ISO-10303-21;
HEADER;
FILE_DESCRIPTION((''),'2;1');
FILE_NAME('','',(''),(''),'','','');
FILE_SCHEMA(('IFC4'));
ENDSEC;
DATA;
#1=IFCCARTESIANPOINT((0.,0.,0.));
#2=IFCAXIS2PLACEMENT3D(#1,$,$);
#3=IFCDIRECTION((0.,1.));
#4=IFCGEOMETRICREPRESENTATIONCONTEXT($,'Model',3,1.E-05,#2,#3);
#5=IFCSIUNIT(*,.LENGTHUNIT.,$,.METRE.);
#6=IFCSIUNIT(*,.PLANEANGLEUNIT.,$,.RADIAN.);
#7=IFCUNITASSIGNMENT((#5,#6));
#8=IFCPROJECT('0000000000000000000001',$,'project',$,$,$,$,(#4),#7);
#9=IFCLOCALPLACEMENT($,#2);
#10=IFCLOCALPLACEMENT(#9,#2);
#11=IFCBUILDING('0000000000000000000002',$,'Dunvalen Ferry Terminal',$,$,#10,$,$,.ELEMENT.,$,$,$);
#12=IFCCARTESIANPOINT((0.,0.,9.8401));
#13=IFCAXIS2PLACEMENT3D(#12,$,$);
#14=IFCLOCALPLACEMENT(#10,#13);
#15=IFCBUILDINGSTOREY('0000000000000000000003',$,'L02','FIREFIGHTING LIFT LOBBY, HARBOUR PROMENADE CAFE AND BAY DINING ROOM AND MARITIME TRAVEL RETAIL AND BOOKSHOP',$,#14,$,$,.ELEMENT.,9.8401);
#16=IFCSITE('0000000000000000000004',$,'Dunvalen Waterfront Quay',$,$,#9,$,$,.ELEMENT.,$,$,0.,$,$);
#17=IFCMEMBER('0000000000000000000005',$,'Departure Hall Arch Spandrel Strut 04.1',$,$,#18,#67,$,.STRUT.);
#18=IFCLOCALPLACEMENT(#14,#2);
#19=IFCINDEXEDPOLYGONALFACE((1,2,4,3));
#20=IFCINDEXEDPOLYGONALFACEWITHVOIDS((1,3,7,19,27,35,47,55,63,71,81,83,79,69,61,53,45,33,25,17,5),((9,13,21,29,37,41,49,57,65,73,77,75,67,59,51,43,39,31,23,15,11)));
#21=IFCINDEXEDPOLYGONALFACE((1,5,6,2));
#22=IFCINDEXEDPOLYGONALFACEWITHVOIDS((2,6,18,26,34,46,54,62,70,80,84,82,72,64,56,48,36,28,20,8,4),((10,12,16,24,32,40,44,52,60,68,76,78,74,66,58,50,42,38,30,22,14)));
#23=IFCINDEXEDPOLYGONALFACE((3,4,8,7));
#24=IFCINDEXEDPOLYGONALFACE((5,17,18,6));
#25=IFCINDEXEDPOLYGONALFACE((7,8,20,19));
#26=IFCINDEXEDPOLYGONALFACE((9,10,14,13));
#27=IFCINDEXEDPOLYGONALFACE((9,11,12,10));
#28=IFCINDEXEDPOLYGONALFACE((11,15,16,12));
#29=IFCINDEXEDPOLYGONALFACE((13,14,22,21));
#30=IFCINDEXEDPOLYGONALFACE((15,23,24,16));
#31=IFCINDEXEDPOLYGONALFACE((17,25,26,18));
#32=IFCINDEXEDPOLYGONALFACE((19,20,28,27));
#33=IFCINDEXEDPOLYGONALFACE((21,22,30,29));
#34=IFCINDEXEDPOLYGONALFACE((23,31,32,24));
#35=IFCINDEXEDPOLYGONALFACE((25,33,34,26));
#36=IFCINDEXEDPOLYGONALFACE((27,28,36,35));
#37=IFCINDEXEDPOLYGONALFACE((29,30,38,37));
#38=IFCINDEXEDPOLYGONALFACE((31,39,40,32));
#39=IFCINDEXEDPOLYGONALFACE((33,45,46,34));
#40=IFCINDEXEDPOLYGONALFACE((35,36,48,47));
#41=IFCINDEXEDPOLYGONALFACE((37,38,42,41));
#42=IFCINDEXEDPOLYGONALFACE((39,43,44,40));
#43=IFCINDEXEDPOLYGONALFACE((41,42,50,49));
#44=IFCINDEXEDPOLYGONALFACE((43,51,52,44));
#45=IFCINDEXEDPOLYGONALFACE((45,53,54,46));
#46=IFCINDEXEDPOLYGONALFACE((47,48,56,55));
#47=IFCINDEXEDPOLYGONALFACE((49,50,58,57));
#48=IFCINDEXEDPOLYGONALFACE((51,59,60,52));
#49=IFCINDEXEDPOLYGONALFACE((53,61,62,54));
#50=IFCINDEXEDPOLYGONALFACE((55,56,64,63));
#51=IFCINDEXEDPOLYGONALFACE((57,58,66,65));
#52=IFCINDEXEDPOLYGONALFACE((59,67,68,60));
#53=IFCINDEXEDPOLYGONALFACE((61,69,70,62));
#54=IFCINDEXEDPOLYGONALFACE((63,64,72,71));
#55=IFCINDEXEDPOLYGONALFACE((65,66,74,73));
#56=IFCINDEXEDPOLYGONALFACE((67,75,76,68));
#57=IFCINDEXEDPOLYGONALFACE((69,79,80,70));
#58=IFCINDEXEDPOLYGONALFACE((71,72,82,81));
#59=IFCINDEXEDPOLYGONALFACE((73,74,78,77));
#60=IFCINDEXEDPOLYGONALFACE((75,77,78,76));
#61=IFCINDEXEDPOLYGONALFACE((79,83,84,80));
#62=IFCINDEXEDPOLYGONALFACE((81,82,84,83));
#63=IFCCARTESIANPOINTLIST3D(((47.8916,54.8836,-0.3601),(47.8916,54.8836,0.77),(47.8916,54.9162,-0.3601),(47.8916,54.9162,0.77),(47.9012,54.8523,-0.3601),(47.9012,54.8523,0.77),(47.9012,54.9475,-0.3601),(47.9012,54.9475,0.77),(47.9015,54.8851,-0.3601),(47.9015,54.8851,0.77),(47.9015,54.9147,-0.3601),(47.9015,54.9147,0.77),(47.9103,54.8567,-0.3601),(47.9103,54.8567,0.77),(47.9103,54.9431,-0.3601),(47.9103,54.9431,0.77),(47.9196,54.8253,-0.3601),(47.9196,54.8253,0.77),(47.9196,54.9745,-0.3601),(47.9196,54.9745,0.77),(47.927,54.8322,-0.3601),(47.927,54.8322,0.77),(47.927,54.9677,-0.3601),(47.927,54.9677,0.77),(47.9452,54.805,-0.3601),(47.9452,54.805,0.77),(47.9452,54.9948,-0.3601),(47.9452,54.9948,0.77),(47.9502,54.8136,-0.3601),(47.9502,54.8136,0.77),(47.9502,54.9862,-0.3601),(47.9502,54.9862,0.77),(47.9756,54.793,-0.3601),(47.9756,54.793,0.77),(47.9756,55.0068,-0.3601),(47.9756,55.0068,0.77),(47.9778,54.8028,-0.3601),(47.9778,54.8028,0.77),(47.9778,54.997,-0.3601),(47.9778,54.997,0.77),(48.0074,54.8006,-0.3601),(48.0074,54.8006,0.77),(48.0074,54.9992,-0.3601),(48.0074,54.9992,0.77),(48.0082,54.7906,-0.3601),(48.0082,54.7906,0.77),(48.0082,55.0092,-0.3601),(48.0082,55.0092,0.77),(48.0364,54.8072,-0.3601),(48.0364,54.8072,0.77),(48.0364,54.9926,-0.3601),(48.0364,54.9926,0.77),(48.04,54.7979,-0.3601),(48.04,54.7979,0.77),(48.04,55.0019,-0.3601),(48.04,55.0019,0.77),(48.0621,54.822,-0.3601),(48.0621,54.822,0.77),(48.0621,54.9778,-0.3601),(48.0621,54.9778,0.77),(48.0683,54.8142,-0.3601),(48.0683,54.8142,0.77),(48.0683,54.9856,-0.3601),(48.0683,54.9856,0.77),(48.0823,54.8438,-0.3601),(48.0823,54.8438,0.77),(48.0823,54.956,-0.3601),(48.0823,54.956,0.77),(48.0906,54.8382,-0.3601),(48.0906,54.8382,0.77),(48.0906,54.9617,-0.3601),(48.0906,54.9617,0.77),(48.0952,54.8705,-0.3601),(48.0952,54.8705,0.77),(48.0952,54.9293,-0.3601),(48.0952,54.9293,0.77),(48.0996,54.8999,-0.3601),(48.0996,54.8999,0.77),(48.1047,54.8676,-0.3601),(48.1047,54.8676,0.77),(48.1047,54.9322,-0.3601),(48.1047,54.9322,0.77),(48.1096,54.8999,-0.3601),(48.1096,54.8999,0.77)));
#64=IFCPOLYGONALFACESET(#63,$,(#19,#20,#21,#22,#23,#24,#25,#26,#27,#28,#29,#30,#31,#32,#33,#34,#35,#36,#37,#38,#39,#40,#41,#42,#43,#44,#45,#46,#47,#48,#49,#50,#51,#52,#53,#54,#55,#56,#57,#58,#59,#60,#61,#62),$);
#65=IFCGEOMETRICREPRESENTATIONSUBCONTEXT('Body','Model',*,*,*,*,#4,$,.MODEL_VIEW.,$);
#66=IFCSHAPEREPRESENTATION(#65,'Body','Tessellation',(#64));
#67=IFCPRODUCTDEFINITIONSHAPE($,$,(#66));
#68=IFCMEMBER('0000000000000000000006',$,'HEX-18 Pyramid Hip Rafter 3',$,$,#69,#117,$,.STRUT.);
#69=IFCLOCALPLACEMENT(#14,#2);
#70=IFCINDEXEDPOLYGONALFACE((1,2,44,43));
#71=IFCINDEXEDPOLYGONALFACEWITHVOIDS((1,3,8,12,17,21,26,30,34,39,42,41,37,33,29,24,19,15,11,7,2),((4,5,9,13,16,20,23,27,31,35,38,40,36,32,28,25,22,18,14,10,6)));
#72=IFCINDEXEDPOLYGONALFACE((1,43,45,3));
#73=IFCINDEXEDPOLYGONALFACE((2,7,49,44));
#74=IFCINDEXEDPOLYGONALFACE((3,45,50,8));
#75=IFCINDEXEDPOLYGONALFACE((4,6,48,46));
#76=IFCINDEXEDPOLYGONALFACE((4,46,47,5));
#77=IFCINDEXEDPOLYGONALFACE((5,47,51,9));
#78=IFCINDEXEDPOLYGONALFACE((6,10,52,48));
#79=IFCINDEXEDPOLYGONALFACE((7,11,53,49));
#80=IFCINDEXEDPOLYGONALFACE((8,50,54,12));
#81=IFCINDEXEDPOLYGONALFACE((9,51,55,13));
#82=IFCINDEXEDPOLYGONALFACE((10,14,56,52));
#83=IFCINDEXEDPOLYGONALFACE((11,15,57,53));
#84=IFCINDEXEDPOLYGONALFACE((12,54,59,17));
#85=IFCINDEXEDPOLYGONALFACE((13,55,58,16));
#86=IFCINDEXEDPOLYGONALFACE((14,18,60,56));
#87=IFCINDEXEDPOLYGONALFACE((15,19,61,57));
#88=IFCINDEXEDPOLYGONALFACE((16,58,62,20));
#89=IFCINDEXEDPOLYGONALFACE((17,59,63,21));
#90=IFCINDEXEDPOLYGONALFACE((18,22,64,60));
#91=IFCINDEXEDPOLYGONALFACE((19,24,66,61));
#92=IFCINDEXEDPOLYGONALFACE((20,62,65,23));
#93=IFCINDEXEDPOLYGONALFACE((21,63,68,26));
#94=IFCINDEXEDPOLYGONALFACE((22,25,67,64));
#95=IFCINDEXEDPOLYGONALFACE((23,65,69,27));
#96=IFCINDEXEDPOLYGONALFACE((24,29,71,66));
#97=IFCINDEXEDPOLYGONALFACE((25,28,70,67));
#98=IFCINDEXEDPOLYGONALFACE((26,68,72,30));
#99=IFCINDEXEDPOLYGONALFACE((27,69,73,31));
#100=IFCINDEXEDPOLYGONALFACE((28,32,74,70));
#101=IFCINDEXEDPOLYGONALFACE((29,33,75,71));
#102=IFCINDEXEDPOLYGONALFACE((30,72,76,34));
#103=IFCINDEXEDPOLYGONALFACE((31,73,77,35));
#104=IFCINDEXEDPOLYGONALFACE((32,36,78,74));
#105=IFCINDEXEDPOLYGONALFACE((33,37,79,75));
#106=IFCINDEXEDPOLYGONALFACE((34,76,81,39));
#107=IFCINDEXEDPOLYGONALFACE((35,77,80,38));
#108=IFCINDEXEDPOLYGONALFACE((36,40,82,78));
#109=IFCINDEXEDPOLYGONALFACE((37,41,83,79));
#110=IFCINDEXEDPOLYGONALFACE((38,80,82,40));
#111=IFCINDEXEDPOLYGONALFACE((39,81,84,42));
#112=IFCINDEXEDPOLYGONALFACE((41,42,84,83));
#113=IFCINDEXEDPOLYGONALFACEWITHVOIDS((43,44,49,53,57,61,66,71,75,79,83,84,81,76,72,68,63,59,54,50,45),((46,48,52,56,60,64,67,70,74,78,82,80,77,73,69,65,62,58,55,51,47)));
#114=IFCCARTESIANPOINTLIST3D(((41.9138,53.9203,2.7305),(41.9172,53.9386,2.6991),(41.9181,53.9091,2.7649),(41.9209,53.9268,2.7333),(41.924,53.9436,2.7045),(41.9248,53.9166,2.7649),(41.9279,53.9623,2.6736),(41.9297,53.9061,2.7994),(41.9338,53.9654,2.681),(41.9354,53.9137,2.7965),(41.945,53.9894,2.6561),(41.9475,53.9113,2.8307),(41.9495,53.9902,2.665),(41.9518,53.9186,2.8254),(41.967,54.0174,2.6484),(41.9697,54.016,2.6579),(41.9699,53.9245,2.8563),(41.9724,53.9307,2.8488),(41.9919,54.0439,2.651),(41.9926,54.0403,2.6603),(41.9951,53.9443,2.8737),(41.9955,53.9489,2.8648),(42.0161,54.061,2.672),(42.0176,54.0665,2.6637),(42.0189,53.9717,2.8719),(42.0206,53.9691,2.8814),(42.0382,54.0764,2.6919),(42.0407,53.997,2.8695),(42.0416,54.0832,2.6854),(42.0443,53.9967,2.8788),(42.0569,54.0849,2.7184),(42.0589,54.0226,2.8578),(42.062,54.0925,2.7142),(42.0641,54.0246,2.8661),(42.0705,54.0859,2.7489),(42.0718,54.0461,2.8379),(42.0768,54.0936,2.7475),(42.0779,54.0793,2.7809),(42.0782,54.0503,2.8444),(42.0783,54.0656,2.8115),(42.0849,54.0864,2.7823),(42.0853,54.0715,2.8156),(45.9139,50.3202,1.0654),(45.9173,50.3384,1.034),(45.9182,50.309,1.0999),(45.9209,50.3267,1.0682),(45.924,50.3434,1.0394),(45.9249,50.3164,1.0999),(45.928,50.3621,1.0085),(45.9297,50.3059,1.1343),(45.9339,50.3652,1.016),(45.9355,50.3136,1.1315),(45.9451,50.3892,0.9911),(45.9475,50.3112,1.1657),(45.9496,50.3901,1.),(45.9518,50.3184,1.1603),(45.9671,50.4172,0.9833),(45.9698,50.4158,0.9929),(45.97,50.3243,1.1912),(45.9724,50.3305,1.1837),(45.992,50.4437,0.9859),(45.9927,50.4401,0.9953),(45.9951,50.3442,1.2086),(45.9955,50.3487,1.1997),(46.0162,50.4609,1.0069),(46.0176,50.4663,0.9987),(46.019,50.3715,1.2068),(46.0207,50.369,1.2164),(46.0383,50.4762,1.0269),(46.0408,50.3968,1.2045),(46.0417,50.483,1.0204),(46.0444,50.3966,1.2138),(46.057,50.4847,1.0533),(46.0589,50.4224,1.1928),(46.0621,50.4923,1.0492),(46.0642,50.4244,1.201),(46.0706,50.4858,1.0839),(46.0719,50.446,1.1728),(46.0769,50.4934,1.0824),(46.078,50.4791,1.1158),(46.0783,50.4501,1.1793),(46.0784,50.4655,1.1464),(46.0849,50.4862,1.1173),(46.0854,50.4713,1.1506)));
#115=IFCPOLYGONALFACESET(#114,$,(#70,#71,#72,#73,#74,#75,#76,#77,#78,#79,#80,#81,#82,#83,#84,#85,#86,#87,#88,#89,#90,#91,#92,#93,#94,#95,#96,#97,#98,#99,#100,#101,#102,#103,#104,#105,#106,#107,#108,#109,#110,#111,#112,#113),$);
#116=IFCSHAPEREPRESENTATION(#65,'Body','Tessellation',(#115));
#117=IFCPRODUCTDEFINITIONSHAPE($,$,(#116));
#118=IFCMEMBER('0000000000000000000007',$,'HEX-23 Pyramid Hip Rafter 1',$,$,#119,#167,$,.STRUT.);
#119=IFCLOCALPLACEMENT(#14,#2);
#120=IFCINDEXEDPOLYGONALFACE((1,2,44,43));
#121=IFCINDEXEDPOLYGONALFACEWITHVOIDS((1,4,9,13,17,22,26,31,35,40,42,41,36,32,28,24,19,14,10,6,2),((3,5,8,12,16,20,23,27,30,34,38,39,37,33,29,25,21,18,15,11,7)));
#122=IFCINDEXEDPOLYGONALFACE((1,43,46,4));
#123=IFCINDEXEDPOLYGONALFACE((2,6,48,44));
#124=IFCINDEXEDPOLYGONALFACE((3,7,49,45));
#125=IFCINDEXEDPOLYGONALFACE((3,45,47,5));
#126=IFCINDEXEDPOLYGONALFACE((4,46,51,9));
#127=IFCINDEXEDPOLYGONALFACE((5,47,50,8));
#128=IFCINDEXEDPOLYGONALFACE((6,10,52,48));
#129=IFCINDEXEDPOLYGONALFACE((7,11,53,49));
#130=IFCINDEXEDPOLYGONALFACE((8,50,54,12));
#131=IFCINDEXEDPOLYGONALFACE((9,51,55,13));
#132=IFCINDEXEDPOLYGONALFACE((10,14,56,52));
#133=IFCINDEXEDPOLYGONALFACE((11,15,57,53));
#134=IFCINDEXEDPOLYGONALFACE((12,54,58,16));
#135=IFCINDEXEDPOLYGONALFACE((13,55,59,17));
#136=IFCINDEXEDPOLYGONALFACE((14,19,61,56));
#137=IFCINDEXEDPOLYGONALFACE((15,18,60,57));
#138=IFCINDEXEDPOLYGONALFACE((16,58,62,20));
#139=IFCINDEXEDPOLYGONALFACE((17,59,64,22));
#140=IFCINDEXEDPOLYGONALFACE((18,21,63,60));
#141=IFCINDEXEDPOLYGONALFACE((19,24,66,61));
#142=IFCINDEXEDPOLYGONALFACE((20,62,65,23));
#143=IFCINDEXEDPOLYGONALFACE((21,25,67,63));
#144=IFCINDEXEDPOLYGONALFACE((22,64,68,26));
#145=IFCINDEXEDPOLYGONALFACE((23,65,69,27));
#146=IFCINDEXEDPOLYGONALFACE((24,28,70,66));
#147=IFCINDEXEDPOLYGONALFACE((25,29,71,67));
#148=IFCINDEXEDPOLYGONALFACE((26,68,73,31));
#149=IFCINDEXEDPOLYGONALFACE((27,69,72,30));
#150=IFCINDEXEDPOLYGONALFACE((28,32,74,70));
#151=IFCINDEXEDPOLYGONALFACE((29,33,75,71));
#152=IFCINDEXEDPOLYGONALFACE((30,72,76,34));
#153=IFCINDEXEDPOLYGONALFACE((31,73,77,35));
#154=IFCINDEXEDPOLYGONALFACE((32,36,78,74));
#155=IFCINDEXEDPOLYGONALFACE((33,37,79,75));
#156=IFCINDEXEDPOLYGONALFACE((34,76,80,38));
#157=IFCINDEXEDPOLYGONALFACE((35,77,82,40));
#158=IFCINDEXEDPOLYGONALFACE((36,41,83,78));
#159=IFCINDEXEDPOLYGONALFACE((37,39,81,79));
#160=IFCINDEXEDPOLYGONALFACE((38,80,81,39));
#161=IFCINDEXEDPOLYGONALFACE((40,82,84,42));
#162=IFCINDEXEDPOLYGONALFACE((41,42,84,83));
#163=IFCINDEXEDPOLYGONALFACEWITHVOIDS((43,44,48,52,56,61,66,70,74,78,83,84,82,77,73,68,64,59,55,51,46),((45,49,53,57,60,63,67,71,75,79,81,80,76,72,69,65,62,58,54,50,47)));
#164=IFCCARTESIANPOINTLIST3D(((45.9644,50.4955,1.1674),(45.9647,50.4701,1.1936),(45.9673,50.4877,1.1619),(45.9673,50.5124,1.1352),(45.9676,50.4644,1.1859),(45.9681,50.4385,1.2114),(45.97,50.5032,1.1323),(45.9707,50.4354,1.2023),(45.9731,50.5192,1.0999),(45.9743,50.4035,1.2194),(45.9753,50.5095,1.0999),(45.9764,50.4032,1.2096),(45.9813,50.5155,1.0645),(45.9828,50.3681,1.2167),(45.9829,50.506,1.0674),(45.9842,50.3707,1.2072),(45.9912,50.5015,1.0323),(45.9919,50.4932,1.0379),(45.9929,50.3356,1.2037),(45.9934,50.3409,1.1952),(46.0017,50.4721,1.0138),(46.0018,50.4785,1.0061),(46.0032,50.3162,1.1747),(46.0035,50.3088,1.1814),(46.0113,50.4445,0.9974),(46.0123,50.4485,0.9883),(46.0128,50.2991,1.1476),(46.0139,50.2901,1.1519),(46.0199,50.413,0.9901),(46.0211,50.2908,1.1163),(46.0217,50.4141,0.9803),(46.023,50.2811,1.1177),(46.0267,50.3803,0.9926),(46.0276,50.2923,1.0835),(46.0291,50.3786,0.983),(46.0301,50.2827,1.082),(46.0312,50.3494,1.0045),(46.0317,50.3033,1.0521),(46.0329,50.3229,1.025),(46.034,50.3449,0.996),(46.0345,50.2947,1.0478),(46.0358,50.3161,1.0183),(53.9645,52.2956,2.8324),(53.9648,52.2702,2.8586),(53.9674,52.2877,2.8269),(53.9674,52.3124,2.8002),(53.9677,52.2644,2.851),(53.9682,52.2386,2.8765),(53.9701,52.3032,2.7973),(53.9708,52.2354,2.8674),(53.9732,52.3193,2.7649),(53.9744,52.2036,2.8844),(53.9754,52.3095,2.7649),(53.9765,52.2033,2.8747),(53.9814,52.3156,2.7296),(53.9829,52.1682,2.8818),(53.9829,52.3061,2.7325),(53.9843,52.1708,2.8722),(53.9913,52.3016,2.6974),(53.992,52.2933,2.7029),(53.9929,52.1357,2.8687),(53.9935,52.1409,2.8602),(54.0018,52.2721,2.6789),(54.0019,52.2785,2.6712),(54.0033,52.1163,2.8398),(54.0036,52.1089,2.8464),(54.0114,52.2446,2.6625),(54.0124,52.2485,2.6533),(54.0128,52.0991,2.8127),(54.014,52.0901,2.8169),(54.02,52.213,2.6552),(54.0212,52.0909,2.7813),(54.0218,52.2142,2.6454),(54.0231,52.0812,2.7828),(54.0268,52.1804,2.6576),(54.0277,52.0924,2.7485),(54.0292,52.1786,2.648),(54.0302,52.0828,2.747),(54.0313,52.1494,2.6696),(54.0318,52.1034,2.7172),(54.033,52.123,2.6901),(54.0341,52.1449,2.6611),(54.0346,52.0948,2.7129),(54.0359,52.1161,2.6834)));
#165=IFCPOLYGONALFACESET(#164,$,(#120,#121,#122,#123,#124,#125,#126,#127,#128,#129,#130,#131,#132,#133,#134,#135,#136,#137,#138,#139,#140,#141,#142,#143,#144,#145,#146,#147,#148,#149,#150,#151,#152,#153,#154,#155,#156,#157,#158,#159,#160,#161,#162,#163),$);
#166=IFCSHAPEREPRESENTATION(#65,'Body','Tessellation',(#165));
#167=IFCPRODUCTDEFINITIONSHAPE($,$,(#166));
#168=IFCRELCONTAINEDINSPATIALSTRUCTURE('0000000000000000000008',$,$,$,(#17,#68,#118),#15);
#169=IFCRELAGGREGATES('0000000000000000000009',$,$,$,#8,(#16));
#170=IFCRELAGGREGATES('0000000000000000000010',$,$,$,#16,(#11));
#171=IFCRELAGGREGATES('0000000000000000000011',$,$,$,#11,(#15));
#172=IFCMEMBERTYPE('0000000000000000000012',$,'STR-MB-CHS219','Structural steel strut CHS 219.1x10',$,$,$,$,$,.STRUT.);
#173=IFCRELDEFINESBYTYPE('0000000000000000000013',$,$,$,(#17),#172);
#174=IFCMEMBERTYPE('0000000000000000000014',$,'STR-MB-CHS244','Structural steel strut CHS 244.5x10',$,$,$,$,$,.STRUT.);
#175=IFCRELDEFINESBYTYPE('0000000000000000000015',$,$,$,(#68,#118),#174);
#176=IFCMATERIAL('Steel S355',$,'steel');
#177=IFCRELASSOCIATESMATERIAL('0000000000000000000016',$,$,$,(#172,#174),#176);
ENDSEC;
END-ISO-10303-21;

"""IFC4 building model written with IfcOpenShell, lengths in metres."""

from ifc_helpers import new_model, si_unit, direction, frame, origin, origin_2d, place, context, subcontext, project, spatial, hollow_circle, extrude, material, material_profile, profile_set, type_object, element, save


model = new_model("IFC4")

# Units and contexts
model_context = context("Model", 3, precision=1e-05, world=origin(), true_north=direction((0.0, 1.0)))
body_context = subcontext(model_context, "Body", "Model", "MODEL_VIEW")
ifc_project = project(units=[si_unit("LENGTHUNIT", "METRE"), si_unit("PLANEANGLEUNIT", "RADIAN")], contexts=[model_context])

# Site, building, storey
site_placement = place(None, origin())
site = spatial("IfcSite", under=ifc_project, at=site_placement, Name="Dunvalen Waterfront Quay", CompositionType="ELEMENT", RefElevation=0.0)
building_placement = place(site_placement, origin())
building = spatial("IfcBuilding", under=site, at=building_placement, Name="Dunvalen Ferry Terminal", CompositionType="ELEMENT")
storey_placement = place(building_placement, frame((0.0, 0.0, 9.8401)))
storey = spatial("IfcBuildingStorey", under=building, at=storey_placement, Name="L02", Description="FIREFIGHTING LIFT LOBBY, HARBOUR PROMENADE CAFE AND BAY DINING ROOM AND MARITIME TRAVEL RETAIL AND BOOKSHOP", CompositionType="ELEMENT", Elevation=9.8401)

# Shared definitions
ifc_material_1 = material(Name="Steel S355", Category="steel")

# Members
ifc_material_profile_1 = material_profile(ifc_material_1, hollow_circle(Radius=0.1096, WallThickness=0.01, at=origin_2d()), Name="Steel S355")
ifc_profile_set_1 = profile_set([ifc_material_profile_1], Name="Steel S355")
member_type_1 = type_object("IfcMemberType", Name="STR-MB-CHS219", Description="Structural steel strut CHS 219.1x10", PredefinedType="STRUT", material=ifc_profile_set_1)
member_1_placement = place(storey_placement, frame((48.0, 54.8999, -0.3601), z_axis=(0.0, 0.0, 1.0), x_axis=(1.0, 0.0, 0.0)))
element("IfcMember", 1, at=member_1_placement, inside=storey, type_object=member_type_1, Name="Departure Hall Arch Spandrel Strut 04.1", PredefinedType="STRUT", context=body_context, shape_type="SweptSolid", body=[
    extrude(hollow_circle(Radius=0.1096, WallThickness=0.01, at=origin_2d()), origin(), (0.0, 0.0, 1.0), 1.1301),
])
ifc_material_profile_2 = material_profile(ifc_material_1, hollow_circle(Radius=0.1223, WallThickness=0.01, at=origin_2d()), Name="Steel S355")
ifc_profile_set_2 = profile_set([ifc_material_profile_2], Name="Steel S355")
member_type_2 = type_object("IfcMemberType", Name="STR-MB-CHS244", Description="Structural steel strut CHS 244.5x10", PredefinedType="STRUT", material=ifc_profile_set_2)
member_2_placement = place(storey_placement, frame((46.0, 50.3999, 1.0999), z_axis=(-0.710075, 0.639085, 0.295576), x_axis=(-0.668975, -0.743285, 0.0)))
element("IfcMember", 2, at=member_2_placement, inside=storey, type_object=member_type_2, Name="HEX-18 Pyramid Hip Rafter 3", PredefinedType="STRUT", context=body_context, shape_type="SweptSolid", body=[
    extrude(hollow_circle(Radius=0.1223, WallThickness=0.01, at=origin_2d()), origin(), (0.0, 0.0, 1.0), 5.6333),
])
member_3_placement = place(storey_placement, frame((46.0, 50.3999, 1.0999), z_axis=(0.956097, 0.215128, 0.198992), x_axis=(-0.219518, 0.975608, 0.0)))
element("IfcMember", 3, at=member_3_placement, inside=storey, type_object=member_type_2, Name="HEX-23 Pyramid Hip Rafter 1", PredefinedType="STRUT", context=body_context, shape_type="SweptSolid", body=[
    extrude(hollow_circle(Radius=0.1223, WallThickness=0.01, at=origin_2d()), origin(), (0.0, 0.0, 1.0), 8.3674),
])

save(model, "model.ifc")
